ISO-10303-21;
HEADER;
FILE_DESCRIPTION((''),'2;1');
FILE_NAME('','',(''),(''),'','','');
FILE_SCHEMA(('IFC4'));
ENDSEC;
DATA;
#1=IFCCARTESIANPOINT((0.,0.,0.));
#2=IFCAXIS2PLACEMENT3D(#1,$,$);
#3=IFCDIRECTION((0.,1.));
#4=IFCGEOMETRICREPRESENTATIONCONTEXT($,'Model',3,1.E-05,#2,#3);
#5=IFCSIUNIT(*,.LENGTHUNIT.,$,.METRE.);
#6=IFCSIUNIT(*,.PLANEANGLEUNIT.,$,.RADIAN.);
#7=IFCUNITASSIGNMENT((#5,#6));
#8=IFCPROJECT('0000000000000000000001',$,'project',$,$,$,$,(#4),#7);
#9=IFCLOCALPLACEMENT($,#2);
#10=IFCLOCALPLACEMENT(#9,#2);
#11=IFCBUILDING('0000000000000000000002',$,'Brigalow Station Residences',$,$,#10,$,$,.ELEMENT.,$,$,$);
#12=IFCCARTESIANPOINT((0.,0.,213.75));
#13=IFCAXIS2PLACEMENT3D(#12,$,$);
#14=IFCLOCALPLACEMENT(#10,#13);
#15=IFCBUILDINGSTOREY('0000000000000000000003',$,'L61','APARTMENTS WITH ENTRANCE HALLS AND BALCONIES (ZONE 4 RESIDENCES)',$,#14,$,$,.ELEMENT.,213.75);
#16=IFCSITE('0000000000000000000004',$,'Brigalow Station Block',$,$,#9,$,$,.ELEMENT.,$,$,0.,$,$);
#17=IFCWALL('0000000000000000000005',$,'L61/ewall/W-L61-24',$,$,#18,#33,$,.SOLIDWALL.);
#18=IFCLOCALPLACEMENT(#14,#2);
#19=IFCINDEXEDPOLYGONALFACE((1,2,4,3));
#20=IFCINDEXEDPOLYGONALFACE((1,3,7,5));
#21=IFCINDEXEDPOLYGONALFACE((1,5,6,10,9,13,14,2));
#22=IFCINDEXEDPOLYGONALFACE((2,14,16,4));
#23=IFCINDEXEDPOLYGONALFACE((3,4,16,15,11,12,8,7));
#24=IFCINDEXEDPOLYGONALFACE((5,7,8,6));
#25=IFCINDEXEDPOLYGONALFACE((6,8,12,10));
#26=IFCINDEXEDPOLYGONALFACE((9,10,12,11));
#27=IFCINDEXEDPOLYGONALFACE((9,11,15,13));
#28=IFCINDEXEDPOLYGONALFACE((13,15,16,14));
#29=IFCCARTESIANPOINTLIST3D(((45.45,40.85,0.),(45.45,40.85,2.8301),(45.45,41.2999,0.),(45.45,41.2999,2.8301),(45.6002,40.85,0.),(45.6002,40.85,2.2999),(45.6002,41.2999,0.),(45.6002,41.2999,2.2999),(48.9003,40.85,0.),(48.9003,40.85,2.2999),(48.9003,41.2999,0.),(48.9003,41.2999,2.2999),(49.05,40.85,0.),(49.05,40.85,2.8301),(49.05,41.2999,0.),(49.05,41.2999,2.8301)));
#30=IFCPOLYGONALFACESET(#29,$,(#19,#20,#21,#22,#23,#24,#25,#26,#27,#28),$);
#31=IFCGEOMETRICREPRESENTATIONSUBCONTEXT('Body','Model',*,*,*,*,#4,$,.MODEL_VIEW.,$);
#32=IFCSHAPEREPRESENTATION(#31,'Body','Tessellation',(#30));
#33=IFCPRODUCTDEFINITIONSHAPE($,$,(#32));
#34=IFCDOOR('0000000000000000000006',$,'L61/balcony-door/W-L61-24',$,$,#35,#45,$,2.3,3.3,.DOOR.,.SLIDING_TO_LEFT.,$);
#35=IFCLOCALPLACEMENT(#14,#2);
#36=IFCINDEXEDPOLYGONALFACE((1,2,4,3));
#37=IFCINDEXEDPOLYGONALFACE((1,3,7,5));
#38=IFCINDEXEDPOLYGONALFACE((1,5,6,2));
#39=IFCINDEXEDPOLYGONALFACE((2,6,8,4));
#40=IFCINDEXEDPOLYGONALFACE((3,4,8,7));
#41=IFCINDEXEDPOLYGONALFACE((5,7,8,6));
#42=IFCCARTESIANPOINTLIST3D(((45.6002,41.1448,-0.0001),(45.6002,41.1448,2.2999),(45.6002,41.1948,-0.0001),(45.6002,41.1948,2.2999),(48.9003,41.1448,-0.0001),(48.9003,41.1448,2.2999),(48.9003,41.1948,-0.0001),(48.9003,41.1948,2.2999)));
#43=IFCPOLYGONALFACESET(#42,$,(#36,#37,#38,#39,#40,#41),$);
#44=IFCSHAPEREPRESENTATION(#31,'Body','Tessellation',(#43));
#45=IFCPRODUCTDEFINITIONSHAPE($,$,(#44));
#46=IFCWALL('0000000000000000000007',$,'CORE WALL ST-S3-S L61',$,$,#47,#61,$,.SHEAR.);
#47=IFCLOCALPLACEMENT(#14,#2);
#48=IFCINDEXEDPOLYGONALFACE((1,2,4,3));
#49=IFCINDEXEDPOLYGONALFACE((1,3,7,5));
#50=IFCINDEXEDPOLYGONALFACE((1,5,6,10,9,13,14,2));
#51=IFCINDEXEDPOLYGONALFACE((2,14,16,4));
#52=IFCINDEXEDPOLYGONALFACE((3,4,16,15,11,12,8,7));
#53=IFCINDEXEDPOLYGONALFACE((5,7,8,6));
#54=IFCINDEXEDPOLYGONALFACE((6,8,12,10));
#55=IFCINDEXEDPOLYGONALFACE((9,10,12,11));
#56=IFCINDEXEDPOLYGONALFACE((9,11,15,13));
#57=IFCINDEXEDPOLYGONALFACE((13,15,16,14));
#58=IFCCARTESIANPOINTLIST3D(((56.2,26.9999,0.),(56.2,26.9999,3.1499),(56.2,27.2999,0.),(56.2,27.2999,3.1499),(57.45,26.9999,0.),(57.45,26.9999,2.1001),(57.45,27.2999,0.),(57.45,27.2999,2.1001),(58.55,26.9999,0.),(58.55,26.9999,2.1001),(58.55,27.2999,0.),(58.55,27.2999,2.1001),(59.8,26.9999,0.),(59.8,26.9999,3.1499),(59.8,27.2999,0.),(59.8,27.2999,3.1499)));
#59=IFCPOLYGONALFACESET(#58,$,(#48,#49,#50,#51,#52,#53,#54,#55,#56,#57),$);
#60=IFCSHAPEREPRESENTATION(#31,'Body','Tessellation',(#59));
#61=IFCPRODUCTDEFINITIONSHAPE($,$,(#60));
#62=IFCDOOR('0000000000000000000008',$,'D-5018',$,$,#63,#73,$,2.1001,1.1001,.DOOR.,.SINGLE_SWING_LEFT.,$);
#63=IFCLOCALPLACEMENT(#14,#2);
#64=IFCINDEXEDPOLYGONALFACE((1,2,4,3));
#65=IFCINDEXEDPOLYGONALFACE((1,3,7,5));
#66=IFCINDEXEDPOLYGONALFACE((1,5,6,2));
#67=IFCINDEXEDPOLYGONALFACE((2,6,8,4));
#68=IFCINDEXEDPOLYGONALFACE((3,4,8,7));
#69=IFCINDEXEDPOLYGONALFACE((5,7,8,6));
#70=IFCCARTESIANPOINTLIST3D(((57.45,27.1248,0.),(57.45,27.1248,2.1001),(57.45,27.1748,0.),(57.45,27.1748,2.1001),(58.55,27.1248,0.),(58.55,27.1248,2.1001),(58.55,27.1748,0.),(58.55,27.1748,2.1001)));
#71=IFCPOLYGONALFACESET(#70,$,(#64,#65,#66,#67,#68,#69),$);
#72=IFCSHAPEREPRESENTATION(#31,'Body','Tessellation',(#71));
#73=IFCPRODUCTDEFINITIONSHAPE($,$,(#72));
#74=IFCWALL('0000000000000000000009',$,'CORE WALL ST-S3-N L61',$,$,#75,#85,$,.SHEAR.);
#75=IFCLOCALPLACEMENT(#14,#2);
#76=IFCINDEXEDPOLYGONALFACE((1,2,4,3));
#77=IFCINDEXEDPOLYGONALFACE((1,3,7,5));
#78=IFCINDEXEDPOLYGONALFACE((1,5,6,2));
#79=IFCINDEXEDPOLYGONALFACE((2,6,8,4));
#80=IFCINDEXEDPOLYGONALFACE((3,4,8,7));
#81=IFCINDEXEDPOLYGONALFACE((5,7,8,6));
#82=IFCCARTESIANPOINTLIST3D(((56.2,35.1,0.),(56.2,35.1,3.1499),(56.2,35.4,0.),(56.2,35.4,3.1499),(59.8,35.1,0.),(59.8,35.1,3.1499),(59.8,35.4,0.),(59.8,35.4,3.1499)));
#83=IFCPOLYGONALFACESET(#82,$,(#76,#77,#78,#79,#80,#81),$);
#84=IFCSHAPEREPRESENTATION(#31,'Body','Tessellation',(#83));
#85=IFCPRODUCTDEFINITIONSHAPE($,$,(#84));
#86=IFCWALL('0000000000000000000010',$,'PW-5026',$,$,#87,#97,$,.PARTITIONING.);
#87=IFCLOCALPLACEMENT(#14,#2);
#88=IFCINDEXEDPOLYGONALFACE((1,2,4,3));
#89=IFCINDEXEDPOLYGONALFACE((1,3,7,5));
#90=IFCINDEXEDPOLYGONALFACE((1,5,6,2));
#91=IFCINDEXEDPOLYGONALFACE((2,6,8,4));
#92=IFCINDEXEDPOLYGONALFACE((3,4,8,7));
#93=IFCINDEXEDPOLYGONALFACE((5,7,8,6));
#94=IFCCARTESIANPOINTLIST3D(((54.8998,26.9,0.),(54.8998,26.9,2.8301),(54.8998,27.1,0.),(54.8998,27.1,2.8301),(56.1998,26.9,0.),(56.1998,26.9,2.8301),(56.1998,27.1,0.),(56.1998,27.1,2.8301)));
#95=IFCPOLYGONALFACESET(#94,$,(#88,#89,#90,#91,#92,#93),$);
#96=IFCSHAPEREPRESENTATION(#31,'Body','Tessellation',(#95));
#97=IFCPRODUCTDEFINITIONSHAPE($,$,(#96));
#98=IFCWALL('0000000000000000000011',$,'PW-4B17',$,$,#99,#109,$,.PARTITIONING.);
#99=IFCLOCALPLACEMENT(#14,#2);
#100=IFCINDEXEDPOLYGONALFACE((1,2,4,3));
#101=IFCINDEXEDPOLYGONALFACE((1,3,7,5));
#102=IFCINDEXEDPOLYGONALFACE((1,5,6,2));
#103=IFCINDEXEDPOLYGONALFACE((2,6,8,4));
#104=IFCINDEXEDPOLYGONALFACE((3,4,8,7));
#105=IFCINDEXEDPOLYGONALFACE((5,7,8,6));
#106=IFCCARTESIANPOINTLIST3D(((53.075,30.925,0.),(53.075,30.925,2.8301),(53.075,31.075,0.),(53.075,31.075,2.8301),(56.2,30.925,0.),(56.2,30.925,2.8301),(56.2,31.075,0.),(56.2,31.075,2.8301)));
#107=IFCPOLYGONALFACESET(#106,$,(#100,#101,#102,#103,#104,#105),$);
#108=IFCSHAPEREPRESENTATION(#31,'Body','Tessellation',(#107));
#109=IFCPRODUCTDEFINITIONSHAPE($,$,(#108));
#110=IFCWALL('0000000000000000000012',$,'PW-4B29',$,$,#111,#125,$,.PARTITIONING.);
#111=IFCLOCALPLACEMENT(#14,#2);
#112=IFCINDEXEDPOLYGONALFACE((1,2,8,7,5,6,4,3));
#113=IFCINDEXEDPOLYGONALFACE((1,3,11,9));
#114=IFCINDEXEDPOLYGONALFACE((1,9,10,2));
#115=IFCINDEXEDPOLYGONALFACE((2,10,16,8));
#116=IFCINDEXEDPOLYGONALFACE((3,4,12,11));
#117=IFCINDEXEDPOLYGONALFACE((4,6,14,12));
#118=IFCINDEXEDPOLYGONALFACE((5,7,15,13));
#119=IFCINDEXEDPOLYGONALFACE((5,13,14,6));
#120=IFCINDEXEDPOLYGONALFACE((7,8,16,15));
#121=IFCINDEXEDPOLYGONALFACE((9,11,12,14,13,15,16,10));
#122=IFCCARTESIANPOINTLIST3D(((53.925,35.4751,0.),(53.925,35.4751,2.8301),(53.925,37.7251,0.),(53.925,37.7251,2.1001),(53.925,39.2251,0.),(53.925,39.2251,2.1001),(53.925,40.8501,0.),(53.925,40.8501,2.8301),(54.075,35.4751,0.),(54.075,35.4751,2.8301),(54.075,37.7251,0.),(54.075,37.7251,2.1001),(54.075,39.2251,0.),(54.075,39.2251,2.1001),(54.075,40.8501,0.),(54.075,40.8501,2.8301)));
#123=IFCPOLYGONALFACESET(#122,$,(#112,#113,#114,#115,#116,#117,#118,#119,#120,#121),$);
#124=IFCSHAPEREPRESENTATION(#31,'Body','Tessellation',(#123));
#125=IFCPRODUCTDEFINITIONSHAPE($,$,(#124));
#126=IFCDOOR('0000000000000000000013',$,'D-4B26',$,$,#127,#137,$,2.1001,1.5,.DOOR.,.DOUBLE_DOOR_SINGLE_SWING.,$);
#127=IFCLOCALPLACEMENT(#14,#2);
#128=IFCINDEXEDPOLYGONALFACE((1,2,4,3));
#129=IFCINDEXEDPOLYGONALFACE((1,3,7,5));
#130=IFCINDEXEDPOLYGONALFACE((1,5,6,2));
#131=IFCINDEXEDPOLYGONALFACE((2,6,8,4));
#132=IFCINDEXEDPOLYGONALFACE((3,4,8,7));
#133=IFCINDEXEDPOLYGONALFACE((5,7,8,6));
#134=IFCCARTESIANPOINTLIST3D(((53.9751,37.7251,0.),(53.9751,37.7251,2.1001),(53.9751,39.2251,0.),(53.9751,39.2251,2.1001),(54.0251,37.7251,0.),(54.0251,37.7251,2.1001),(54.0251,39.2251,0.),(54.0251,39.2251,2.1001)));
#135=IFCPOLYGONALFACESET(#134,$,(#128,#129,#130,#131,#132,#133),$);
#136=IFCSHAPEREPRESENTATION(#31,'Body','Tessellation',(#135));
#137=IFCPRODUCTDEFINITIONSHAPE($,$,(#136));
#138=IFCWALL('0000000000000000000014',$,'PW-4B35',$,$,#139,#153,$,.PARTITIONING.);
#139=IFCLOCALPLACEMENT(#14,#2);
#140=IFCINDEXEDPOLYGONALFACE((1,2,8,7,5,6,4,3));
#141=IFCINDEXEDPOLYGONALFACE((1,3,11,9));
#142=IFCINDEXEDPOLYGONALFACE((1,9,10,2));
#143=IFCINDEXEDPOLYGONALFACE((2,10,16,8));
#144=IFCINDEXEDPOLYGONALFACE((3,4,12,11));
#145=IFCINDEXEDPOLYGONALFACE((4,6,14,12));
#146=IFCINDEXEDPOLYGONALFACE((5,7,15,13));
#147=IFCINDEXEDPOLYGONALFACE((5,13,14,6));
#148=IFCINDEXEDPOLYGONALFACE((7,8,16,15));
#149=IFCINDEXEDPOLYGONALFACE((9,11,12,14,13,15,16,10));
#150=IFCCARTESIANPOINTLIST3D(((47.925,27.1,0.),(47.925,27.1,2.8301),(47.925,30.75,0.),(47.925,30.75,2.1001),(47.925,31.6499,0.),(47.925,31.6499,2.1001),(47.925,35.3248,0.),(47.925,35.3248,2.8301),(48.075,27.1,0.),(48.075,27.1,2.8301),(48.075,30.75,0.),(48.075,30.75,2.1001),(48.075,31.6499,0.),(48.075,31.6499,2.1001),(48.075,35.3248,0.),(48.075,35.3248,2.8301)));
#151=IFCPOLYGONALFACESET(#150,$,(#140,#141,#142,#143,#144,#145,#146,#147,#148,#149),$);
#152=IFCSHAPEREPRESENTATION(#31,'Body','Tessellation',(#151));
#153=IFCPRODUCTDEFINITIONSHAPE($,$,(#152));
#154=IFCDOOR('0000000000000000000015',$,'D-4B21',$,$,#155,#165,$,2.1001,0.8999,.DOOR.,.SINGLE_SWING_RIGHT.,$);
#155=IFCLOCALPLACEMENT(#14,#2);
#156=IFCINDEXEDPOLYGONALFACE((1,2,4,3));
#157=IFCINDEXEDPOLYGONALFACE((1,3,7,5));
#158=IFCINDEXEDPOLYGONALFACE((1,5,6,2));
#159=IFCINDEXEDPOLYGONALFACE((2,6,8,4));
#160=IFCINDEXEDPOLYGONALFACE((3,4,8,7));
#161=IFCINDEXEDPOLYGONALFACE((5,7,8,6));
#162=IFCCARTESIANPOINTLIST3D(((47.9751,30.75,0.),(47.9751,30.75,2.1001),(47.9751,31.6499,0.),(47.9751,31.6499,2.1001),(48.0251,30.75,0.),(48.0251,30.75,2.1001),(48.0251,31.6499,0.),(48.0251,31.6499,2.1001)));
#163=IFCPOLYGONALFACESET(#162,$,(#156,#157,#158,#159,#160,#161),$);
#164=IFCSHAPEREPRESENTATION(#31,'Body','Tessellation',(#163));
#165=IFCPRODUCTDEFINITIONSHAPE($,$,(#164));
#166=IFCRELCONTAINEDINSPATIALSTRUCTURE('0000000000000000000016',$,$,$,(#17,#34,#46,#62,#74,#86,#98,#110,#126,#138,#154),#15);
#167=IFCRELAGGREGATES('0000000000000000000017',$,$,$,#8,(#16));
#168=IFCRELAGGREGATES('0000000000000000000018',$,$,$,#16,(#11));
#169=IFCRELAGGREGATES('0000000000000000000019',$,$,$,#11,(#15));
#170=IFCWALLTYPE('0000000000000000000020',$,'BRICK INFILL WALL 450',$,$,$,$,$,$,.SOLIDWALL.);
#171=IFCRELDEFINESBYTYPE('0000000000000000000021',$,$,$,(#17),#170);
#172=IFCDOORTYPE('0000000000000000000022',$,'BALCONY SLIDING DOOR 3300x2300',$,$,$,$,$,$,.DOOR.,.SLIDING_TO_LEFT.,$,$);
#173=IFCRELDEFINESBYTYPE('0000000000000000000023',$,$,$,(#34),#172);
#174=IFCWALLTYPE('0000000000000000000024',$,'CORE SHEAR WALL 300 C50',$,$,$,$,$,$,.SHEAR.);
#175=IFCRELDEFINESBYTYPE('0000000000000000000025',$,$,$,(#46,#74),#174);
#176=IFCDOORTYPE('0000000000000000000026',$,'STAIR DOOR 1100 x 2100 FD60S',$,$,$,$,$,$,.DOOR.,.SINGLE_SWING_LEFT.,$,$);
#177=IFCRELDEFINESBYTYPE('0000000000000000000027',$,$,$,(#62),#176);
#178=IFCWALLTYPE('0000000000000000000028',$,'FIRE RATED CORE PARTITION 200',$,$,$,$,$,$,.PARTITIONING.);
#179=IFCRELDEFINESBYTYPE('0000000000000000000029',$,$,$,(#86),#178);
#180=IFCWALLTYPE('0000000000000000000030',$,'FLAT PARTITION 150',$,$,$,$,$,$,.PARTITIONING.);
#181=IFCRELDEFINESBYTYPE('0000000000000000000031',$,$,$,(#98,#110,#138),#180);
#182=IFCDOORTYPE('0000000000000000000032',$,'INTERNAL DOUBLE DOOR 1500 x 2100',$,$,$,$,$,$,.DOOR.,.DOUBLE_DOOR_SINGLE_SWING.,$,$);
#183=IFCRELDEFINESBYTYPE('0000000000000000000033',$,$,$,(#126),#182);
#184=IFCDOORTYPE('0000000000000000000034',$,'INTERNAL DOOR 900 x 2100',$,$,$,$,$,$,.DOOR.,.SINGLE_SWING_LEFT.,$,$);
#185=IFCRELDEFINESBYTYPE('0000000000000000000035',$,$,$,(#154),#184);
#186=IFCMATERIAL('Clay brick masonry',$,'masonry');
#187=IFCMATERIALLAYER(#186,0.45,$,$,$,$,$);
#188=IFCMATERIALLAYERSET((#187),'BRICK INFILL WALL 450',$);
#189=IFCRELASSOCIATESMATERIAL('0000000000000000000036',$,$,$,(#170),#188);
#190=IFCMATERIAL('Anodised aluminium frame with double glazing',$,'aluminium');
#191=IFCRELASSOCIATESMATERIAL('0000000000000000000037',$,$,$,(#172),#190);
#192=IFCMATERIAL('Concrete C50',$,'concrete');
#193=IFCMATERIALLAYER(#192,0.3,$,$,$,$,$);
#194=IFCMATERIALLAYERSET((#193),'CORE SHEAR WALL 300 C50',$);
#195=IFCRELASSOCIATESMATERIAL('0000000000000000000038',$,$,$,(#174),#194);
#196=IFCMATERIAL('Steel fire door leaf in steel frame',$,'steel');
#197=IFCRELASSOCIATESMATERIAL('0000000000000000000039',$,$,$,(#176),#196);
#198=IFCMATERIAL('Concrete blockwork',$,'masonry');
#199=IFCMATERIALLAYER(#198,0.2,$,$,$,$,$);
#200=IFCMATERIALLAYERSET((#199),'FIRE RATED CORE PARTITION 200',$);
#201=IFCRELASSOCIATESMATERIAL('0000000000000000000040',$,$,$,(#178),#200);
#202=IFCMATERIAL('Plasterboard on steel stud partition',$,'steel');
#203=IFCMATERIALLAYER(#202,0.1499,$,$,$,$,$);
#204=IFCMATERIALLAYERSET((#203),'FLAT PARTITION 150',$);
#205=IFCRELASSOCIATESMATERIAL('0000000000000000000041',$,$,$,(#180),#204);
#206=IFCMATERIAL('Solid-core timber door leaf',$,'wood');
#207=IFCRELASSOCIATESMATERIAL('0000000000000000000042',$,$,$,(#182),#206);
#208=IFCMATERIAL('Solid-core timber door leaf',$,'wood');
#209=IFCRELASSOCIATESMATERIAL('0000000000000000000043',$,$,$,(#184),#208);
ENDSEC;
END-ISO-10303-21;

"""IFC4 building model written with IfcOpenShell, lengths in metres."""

from ifc_helpers import new_model, si_unit, direction, frame, frame_2d, origin, place, context, subcontext, project, spatial, rectangle, extrude, material, layer, layer_set, type_object, element, fill, save


model = new_model("IFC4")

# Units and contexts
model_context = context("Model", 3, precision=1e-05, world=origin(), true_north=direction((0.0, 1.0)))
body_context = subcontext(model_context, "Body", "Model", "MODEL_VIEW")
ifc_project = project(units=[si_unit("LENGTHUNIT", "METRE"), si_unit("PLANEANGLEUNIT", "RADIAN")], contexts=[model_context])

# Site, building, storey
site_placement = place(None, origin())
site = spatial("IfcSite", under=ifc_project, at=site_placement, Name="Brigalow Station Block", CompositionType="ELEMENT", RefElevation=0.0)
building_placement = place(site_placement, origin())
building = spatial("IfcBuilding", under=site, at=building_placement, Name="Brigalow Station Residences", CompositionType="ELEMENT")
storey_placement = place(building_placement, frame((0.0, 0.0, 213.75)))
storey = spatial("IfcBuildingStorey", under=building, at=storey_placement, Name="L61", Description="APARTMENTS WITH ENTRANCE HALLS AND BALCONIES (ZONE 4 RESIDENCES)", CompositionType="ELEMENT", Elevation=213.75)

# Walls, openings, doors
ifc_material_1 = material(Name="Clay brick masonry", Category="masonry")
ifc_layer_1 = layer(ifc_material_1, 0.45)
ifc_layer_set_1 = layer_set([ifc_layer_1], Name="BRICK INFILL WALL 450")
wall_type_1 = type_object("IfcWallType", Name="BRICK INFILL WALL 450", PredefinedType="SOLIDWALL", material=ifc_layer_set_1)
ifc_material_2 = material(Name="Anodised aluminium frame with double glazing", Category="aluminium")
door_type_1 = type_object("IfcDoorType", Name="BALCONY SLIDING DOOR 3300x2300", OperationType="SLIDING_TO_LEFT", PredefinedType="DOOR", material=ifc_material_2)
wall_1_placement = place(storey_placement, frame((49.05, 41.075, 0.0), z_axis=(0.0, 0.0, 1.0), x_axis=(-1.0, 0.0, 0.0)))
wall_1 = element("IfcWall", 1, at=wall_1_placement, inside=storey, type_object=wall_type_1, Name="L61/ewall/W-L61-24", PredefinedType="SOLIDWALL", context=body_context, shape_type="SweptSolid", body=[
    extrude(rectangle(XDim=3.6001, YDim=0.45, at=frame_2d((1.8, 0.0))), origin(), (0.0, 0.0, 1.0), 2.8301),
])
opening_1_placement = place(wall_1_placement, frame((0.1499, 0.0, 0.0)))
opening_1 = element("IfcOpeningElement", 2, at=opening_1_placement, cuts=wall_1, PredefinedType="OPENING", context=body_context, shape_type="SweptSolid", body=[
    extrude(rectangle(XDim=3.3, YDim=2.3, at=frame_2d((1.6499, 1.1499))), frame((0.0, 0.2349, 0.0), z_axis=(0.0, -1.0, 0.0), x_axis=(1.0, 0.0, 0.0)), (0.0, 0.0, 1.0), 0.47),
])
door_1_placement = place(opening_1_placement, origin())
door_1 = element("IfcDoor", 3, at=door_1_placement, inside=storey, type_object=door_type_1, Name="L61/balcony-door/W-L61-24", OperationType="SLIDING_TO_LEFT", OverallHeight=2.3, OverallWidth=3.3, PredefinedType="DOOR", context=body_context, shape_type="SweptSolid", body=[
    extrude(rectangle(XDim=3.3, YDim=2.3, at=frame_2d((1.6499, 1.1499))), frame((0.0, -0.0698, 0.0), z_axis=(0.0, -1.0, 0.0), x_axis=(1.0, 0.0, 0.0)), (0.0, 0.0, 1.0), 0.05),
])
fill(opening_1, door_1)
ifc_material_3 = material(Name="Concrete C50", Category="concrete")
ifc_layer_2 = layer(ifc_material_3, 0.3)
ifc_layer_set_2 = layer_set([ifc_layer_2], Name="CORE SHEAR WALL 300 C50")
wall_type_2 = type_object("IfcWallType", Name="CORE SHEAR WALL 300 C50", PredefinedType="SHEAR", material=ifc_layer_set_2)
wall_2_placement = place(storey_placement, frame((56.2, 27.1499, 0.0), z_axis=(0.0, 0.0, 1.0), x_axis=(1.0, 0.0, 0.0)))
wall_2 = element("IfcWall", 4, at=wall_2_placement, inside=storey, type_object=wall_type_2, Name="CORE WALL ST-S3-S L61", PredefinedType="SHEAR", context=body_context, shape_type="SweptSolid", body=[
    extrude(rectangle(XDim=3.6001, YDim=0.3, at=frame_2d((1.8, 0.0))), origin(), (0.0, 0.0, 1.0), 3.1499),
])
opening_2_placement = place(wall_2_placement, frame((1.25, 0.0, 0.0)))
opening_2 = element("IfcOpeningElement", 5, at=opening_2_placement, cuts=wall_2, PredefinedType="OPENING", context=body_context, shape_type="SweptSolid", body=[
    extrude(rectangle(XDim=1.1001, YDim=2.1001, at=frame_2d((0.55, 1.05))), frame((0.0, 0.1602, 0.0), z_axis=(0.0, -1.0, 0.0), x_axis=(1.0, 0.0, 0.0)), (0.0, 0.0, 1.0), 0.3201),
])
ifc_material_4 = material(Name="Steel fire door leaf in steel frame", Category="steel")
door_type_2 = type_object("IfcDoorType", Name="STAIR DOOR 1100 x 2100 FD60S", OperationType="SINGLE_SWING_LEFT", PredefinedType="DOOR", material=ifc_material_4)
door_2_placement = place(opening_2_placement, origin())
door_2 = element("IfcDoor", 6, at=door_2_placement, inside=storey, type_object=door_type_2, Name="D-5018", OperationType="SINGLE_SWING_LEFT", OverallHeight=2.1001, OverallWidth=1.1001, PredefinedType="DOOR", context=body_context, shape_type="SweptSolid", body=[
    extrude(rectangle(XDim=1.1001, YDim=2.1001, at=frame_2d((0.55, 1.05))), frame((0.0, 0.0249, 0.0), z_axis=(0.0, -1.0, 0.0), x_axis=(1.0, 0.0, 0.0)), (0.0, 0.0, 1.0), 0.05),
])
fill(opening_2, door_2)

# Walls
wall_3_placement = place(storey_placement, frame((56.2, 35.25, 0.0), z_axis=(0.0, 0.0, 1.0), x_axis=(1.0, 0.0, 0.0)))
element("IfcWall", 7, at=wall_3_placement, inside=storey, type_object=wall_type_2, Name="CORE WALL ST-S3-N L61", PredefinedType="SHEAR", context=body_context, shape_type="SweptSolid", body=[
    extrude(rectangle(XDim=3.6001, YDim=0.3, at=frame_2d((1.8, 0.0))), origin(), (0.0, 0.0, 1.0), 3.1499),
])
ifc_material_5 = material(Name="Concrete blockwork", Category="masonry")
ifc_layer_3 = layer(ifc_material_5, 0.2)
ifc_layer_set_3 = layer_set([ifc_layer_3], Name="FIRE RATED CORE PARTITION 200")
wall_type_3 = type_object("IfcWallType", Name="FIRE RATED CORE PARTITION 200", PredefinedType="PARTITIONING", material=ifc_layer_set_3)
wall_4_placement = place(storey_placement, frame((54.8999, 27.0, 0.0), z_axis=(0.0, 0.0, 1.0), x_axis=(1.0, 0.0, 0.0)))
element("IfcWall", 8, at=wall_4_placement, inside=storey, type_object=wall_type_3, Name="PW-5026", PredefinedType="PARTITIONING", context=body_context, shape_type="SweptSolid", body=[
    extrude(rectangle(XDim=1.3, YDim=0.2, at=frame_2d((0.6499, 0.0))), origin(), (0.0, 0.0, 1.0), 2.8301),
])
ifc_material_6 = material(Name="Plasterboard on steel stud partition", Category="steel")
ifc_layer_4 = layer(ifc_material_6, 0.1499)
ifc_layer_set_4 = layer_set([ifc_layer_4], Name="FLAT PARTITION 150")
wall_type_4 = type_object("IfcWallType", Name="FLAT PARTITION 150", PredefinedType="PARTITIONING", material=ifc_layer_set_4)
wall_5_placement = place(storey_placement, frame((53.075, 31.0, 0.0), z_axis=(0.0, 0.0, 1.0), x_axis=(1.0, 0.0, 0.0)))
element("IfcWall", 9, at=wall_5_placement, inside=storey, type_object=wall_type_4, Name="PW-4B17", PredefinedType="PARTITIONING", context=body_context, shape_type="SweptSolid", body=[
    extrude(rectangle(XDim=3.125, YDim=0.1499, at=frame_2d((1.5625, 0.0))), origin(), (0.0, 0.0, 1.0), 2.8301),
])

# Walls, openings, doors
wall_6_placement = place(storey_placement, frame((54.0, 35.4751, 0.0), z_axis=(0.0, 0.0, 1.0), x_axis=(0.0, 1.0, 0.0)))
wall_6 = element("IfcWall", 10, at=wall_6_placement, inside=storey, type_object=wall_type_4, Name="PW-4B29", PredefinedType="PARTITIONING", context=body_context, shape_type="SweptSolid", body=[
    extrude(rectangle(XDim=5.375, YDim=0.1499, at=frame_2d((2.6875, 0.0))), origin(), (0.0, 0.0, 1.0), 2.8301),
])
opening_3_placement = place(wall_6_placement, frame((2.25, 0.0, 0.0)))
opening_3 = element("IfcOpeningElement", 11, at=opening_3_placement, cuts=wall_6, PredefinedType="OPENING", context=body_context, shape_type="SweptSolid", body=[
    extrude(rectangle(XDim=1.5, YDim=2.1001, at=frame_2d((0.75, 1.05))), frame((0.0, 0.085, 0.0), z_axis=(0.0, -1.0, 0.0), x_axis=(1.0, 0.0, 0.0)), (0.0, 0.0, 1.0), 0.1699),
])
ifc_material_7 = material(Name="Solid-core timber door leaf", Category="wood")
door_type_3 = type_object("IfcDoorType", Name="INTERNAL DOUBLE DOOR 1500 x 2100", OperationType="DOUBLE_DOOR_SINGLE_SWING", PredefinedType="DOOR", material=ifc_material_7)
door_3_placement = place(opening_3_placement, origin())
door_3 = element("IfcDoor", 12, at=door_3_placement, inside=storey, type_object=door_type_3, Name="D-4B26", OperationType="DOUBLE_DOOR_SINGLE_SWING", OverallHeight=2.1001, OverallWidth=1.5, PredefinedType="DOOR", context=body_context, shape_type="SweptSolid", body=[
    extrude(rectangle(XDim=1.5, YDim=2.1001, at=frame_2d((0.75, 1.05))), frame((0.0, 0.0249, 0.0), z_axis=(0.0, -1.0, 0.0), x_axis=(1.0, 0.0, 0.0)), (0.0, 0.0, 1.0), 0.05),
])
fill(opening_3, door_3)
wall_7_placement = place(storey_placement, frame((48.0, 27.1001, 0.0), z_axis=(0.0, 0.0, 1.0), x_axis=(0.0, 1.0, 0.0)))
wall_7 = element("IfcWall", 13, at=wall_7_placement, inside=storey, type_object=wall_type_4, Name="PW-4B35", PredefinedType="PARTITIONING", context=body_context, shape_type="SweptSolid", body=[
    extrude(rectangle(XDim=8.2249, YDim=0.1499, at=frame_2d((4.1123, 0.0))), origin(), (0.0, 0.0, 1.0), 2.8301),
])
opening_4_placement = place(wall_7_placement, frame((3.6499, 0.0, 0.0)))
opening_4 = element("IfcOpeningElement", 14, at=opening_4_placement, cuts=wall_7, PredefinedType="OPENING", context=body_context, shape_type="SweptSolid", body=[
    extrude(rectangle(XDim=0.8999, YDim=2.1001, at=frame_2d((0.45, 1.05))), frame((0.0, 0.085, 0.0), z_axis=(0.0, -1.0, 0.0), x_axis=(1.0, 0.0, 0.0)), (0.0, 0.0, 1.0), 0.1699),
])
ifc_material_8 = material(Name="Solid-core timber door leaf", Category="wood")
door_type_4 = type_object("IfcDoorType", Name="INTERNAL DOOR 900 x 2100", OperationType="SINGLE_SWING_LEFT", PredefinedType="DOOR", material=ifc_material_8)
door_4_placement = place(opening_4_placement, origin())
door_4 = element("IfcDoor", 15, at=door_4_placement, inside=storey, type_object=door_type_4, Name="D-4B21", OperationType="SINGLE_SWING_RIGHT", OverallHeight=2.1001, OverallWidth=0.8999, PredefinedType="DOOR", context=body_context, shape_type="SweptSolid", body=[
    extrude(rectangle(XDim=0.8999, YDim=2.1001, at=frame_2d((0.45, 1.05))), frame((0.0, 0.0249, 0.0), z_axis=(0.0, -1.0, 0.0), x_axis=(1.0, 0.0, 0.0)), (0.0, 0.0, 1.0), 0.05),
])
fill(opening_4, door_4)

save(model, "model.ifc")
